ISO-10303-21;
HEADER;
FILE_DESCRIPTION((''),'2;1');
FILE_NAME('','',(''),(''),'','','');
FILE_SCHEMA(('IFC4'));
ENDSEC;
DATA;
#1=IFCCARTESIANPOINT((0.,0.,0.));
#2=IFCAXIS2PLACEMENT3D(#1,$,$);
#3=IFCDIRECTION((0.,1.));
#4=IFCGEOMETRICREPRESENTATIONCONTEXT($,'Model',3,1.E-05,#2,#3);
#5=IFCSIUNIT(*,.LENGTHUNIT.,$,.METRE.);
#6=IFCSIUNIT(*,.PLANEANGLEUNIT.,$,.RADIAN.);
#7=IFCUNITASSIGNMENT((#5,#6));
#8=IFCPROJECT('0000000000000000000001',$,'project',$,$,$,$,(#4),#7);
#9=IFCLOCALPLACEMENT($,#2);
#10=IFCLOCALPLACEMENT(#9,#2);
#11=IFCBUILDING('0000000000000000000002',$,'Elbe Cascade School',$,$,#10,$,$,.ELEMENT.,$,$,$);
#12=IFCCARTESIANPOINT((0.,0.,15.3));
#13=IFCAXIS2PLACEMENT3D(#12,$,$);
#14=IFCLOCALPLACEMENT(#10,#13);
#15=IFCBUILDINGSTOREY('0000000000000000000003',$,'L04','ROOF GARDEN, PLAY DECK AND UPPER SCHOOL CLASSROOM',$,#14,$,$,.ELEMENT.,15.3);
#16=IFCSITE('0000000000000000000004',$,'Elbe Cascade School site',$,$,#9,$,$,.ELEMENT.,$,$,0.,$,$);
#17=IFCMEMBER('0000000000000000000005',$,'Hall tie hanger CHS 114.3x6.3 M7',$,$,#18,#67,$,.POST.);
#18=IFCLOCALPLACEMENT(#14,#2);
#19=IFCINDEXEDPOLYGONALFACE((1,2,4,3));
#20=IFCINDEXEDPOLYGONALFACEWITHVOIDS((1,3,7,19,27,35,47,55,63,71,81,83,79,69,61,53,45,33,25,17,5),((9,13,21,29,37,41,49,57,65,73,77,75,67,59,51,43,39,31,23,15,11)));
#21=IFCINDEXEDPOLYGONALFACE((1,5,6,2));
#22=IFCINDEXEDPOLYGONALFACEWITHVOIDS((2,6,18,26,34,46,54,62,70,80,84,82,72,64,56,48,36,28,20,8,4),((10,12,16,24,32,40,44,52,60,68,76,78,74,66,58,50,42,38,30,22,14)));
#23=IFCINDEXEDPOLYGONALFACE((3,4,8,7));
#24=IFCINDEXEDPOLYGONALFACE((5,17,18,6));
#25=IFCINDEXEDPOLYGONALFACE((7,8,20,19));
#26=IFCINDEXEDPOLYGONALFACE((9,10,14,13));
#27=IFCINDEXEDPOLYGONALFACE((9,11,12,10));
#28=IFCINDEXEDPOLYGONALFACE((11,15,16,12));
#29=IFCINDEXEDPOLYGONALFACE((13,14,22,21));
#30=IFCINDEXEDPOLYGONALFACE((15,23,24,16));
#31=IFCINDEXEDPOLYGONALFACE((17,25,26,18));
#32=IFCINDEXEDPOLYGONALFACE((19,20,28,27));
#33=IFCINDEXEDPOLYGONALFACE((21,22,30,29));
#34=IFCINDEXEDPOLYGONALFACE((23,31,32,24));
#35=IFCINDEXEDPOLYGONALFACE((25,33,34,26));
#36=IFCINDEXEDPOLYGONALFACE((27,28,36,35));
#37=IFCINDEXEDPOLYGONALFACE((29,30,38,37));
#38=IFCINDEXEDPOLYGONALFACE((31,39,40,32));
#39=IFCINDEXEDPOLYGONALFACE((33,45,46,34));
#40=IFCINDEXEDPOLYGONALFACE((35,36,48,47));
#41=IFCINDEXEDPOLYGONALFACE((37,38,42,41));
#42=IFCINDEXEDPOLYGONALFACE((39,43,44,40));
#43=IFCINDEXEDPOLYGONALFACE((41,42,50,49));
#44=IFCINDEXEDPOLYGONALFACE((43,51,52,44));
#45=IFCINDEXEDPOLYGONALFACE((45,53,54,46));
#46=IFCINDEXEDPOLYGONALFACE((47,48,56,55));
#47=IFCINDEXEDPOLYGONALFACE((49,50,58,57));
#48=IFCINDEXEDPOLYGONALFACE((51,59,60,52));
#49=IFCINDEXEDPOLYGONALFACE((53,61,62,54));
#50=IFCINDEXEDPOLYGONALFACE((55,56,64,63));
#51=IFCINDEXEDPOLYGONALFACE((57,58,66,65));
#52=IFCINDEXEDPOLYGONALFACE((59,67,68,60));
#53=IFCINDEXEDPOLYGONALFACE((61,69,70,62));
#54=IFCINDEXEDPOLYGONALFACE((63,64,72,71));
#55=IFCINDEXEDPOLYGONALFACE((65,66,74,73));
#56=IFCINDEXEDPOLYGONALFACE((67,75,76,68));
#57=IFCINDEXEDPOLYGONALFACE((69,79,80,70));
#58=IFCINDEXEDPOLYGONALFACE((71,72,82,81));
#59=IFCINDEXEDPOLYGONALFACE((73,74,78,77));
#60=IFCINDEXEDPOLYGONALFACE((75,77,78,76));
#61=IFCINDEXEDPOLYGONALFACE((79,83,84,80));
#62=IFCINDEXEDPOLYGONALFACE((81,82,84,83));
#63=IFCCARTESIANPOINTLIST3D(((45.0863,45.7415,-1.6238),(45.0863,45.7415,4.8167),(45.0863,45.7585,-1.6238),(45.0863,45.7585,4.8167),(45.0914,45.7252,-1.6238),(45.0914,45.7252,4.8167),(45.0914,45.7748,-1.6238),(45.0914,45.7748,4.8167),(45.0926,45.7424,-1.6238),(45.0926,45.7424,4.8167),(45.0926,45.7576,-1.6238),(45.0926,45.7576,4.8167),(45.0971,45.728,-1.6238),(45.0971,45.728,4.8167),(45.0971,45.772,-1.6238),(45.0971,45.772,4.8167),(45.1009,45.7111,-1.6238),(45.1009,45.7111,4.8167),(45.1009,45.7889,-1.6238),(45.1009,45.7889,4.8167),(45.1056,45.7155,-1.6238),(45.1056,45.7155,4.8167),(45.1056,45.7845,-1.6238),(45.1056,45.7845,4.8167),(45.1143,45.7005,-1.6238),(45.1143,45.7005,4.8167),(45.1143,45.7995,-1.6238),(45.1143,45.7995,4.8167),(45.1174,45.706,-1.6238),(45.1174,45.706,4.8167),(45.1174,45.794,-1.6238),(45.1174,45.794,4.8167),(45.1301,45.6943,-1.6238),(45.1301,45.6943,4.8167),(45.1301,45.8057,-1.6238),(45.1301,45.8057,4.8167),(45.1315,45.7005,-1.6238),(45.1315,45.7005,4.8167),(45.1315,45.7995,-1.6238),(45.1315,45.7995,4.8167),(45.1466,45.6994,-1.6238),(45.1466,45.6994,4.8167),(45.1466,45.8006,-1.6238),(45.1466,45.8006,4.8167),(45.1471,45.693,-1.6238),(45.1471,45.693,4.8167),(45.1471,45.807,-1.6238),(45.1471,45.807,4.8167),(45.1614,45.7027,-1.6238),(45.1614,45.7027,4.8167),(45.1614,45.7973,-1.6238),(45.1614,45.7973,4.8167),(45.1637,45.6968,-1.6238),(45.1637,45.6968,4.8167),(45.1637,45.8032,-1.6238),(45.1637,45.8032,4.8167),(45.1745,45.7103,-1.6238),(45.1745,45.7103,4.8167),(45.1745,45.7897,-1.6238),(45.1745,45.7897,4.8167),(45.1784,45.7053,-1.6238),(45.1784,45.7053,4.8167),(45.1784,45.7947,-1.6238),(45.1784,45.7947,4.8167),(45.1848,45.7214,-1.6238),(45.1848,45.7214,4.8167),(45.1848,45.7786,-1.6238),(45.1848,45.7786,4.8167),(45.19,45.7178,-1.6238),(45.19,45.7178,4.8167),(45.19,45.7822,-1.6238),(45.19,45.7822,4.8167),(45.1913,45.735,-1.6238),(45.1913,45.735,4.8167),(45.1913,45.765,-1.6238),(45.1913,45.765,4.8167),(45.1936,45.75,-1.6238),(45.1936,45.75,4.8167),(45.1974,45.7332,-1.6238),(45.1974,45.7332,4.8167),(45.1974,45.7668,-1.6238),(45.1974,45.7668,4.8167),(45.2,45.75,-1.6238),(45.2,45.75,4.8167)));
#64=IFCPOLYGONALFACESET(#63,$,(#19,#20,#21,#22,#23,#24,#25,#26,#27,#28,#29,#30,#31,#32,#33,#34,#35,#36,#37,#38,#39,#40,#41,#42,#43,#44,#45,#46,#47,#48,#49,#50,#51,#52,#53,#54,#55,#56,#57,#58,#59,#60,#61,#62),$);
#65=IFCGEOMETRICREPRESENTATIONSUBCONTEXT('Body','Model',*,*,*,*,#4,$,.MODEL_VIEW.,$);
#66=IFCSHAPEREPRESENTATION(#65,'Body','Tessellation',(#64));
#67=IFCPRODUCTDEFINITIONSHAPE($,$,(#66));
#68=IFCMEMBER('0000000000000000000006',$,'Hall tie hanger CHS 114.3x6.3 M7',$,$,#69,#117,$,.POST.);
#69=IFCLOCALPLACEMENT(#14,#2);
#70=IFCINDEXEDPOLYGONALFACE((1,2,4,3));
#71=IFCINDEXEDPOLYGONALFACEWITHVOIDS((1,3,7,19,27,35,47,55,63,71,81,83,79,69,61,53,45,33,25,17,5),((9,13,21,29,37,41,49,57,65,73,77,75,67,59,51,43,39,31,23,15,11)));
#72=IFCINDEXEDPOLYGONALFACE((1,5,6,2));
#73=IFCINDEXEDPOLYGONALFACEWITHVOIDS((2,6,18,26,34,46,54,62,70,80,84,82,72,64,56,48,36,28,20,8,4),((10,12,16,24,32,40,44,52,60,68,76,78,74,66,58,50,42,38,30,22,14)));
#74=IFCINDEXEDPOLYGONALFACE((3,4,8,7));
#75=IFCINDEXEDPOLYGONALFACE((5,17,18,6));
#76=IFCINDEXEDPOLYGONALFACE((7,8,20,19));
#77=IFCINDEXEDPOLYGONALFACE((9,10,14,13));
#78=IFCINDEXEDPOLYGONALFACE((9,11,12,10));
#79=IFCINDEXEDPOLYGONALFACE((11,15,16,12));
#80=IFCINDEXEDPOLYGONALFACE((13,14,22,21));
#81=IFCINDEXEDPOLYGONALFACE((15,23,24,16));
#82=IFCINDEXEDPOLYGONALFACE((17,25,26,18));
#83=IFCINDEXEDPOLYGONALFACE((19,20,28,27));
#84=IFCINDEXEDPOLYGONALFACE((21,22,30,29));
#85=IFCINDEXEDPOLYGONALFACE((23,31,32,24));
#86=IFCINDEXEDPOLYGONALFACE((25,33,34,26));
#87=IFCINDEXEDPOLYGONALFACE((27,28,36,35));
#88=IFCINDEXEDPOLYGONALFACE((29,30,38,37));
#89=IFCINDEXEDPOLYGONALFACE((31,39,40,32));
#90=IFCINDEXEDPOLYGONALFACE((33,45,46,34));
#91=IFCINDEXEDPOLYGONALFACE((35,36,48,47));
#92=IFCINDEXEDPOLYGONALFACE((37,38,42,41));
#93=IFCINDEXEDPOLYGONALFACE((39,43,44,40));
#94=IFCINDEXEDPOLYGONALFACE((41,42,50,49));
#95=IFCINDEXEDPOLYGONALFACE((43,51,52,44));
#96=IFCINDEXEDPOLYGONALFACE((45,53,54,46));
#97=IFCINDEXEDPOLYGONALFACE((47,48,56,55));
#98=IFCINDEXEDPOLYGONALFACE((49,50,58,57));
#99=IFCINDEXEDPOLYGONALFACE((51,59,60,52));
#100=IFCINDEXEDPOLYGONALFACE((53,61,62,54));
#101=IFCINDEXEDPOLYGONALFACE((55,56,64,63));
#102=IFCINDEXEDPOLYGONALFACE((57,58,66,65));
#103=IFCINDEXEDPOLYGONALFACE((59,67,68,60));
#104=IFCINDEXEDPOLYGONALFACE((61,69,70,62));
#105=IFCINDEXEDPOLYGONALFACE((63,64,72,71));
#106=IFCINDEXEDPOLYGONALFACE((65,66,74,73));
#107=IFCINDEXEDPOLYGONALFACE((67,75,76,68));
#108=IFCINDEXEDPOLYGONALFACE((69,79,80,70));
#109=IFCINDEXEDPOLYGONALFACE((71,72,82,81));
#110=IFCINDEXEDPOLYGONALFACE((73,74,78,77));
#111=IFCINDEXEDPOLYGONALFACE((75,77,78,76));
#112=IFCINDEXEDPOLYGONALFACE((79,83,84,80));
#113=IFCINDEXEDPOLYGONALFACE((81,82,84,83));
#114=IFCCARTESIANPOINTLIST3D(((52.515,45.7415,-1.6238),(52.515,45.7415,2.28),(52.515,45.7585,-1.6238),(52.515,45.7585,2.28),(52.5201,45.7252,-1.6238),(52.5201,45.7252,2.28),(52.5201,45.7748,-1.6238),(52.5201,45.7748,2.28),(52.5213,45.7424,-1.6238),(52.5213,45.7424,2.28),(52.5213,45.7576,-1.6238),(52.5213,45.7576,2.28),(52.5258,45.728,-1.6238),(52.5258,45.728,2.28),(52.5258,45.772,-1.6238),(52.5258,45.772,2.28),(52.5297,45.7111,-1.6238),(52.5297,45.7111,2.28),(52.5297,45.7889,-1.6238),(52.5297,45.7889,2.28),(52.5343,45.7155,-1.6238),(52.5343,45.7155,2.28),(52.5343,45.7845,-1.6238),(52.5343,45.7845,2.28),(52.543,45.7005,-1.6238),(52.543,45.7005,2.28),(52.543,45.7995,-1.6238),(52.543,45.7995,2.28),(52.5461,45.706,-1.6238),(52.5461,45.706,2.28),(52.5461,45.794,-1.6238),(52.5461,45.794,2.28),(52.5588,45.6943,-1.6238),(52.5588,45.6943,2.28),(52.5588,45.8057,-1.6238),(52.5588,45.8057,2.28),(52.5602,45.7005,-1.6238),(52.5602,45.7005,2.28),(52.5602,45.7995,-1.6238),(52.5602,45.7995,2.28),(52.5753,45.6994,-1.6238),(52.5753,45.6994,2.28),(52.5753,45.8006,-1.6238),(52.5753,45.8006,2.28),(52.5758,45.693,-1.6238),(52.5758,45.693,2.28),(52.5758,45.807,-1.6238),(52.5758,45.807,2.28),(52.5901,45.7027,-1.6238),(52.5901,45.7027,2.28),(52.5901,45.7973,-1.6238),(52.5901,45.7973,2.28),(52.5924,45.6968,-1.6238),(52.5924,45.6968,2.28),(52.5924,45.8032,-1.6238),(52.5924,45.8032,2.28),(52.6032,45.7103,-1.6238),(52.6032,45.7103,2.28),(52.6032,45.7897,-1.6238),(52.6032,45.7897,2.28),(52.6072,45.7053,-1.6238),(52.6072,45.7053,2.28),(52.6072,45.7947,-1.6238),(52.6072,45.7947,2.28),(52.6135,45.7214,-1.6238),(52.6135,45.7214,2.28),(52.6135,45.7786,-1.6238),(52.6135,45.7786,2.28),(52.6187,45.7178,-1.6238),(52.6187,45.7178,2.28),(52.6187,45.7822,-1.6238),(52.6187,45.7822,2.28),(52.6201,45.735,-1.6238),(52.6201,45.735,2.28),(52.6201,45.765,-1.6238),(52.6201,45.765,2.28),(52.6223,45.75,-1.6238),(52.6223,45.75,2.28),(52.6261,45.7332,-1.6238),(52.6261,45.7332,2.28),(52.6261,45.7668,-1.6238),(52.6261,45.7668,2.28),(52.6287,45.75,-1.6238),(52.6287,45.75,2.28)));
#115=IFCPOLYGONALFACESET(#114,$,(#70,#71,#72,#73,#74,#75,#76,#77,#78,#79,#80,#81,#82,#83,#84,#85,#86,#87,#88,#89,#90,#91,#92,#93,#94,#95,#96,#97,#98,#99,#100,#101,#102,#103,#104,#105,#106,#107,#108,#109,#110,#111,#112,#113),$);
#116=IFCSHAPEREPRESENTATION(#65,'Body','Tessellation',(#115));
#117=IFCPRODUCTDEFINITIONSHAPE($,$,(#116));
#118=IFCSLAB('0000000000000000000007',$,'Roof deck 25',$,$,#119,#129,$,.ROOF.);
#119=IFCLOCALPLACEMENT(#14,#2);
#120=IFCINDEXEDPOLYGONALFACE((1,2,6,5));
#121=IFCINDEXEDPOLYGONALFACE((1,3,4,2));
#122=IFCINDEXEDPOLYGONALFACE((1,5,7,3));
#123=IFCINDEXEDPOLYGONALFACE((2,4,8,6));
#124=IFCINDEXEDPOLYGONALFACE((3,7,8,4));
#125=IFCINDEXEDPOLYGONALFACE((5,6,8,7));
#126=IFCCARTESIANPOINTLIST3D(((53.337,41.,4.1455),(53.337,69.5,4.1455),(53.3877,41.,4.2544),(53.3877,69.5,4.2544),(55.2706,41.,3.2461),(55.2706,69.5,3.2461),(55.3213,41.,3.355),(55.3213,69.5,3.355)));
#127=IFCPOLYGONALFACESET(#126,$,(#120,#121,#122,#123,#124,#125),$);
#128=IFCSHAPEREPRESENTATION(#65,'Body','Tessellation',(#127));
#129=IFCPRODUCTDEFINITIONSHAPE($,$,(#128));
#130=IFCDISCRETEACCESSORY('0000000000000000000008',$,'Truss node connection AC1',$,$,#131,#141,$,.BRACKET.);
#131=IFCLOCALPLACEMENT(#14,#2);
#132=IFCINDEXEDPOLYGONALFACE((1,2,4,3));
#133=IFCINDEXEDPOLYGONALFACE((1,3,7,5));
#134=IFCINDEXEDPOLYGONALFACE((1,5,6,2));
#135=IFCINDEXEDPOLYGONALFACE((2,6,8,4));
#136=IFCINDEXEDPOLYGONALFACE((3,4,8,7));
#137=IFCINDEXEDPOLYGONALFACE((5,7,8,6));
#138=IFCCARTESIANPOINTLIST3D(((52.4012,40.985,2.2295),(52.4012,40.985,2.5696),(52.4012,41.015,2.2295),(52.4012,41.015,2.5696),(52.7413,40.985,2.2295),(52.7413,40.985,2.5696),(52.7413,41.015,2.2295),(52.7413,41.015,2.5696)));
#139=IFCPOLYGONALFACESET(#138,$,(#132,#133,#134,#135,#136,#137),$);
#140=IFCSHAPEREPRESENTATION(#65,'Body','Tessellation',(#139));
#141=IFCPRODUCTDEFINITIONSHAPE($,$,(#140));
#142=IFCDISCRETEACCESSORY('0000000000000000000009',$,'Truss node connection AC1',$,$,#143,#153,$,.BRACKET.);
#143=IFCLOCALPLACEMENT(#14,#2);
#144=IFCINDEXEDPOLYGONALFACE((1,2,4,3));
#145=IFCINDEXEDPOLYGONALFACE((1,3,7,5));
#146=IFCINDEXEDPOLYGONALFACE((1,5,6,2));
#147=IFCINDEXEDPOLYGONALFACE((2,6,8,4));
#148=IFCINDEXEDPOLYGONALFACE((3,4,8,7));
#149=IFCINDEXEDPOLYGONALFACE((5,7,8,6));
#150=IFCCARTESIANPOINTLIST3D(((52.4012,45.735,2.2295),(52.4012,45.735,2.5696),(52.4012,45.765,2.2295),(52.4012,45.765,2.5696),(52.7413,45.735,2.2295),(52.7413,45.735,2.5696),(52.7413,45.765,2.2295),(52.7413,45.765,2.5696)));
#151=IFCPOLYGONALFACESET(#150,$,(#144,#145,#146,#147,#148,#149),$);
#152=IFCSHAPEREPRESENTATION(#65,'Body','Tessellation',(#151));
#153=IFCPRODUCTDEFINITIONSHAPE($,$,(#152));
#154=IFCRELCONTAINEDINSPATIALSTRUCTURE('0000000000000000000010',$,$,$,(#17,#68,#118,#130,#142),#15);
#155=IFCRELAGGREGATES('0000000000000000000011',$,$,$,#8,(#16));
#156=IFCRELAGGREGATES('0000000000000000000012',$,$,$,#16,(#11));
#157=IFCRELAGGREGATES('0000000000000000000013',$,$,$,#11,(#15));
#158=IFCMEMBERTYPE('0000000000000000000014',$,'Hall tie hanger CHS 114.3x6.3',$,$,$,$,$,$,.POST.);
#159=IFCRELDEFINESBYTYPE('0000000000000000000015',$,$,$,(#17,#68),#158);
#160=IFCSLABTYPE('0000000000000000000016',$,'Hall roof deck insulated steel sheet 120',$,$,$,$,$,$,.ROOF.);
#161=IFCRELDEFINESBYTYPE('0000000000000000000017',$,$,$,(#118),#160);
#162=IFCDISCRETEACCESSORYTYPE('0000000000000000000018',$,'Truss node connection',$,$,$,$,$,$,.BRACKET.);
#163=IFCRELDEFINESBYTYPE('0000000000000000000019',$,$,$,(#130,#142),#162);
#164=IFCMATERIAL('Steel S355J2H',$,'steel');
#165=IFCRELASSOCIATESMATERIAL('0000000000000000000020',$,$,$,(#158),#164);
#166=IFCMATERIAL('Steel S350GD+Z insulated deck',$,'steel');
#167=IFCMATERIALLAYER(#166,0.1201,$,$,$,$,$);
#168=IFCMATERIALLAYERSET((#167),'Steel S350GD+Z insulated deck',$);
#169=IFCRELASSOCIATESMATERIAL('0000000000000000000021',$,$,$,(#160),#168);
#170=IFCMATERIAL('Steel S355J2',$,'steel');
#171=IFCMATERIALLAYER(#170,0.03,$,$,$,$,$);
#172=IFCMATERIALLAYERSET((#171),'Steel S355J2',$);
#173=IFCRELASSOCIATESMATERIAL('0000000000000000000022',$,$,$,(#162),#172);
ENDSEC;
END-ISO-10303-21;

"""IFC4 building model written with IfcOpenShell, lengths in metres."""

from ifc_helpers import new_model, si_unit, direction, frame, origin, origin_2d, place, context, subcontext, project, spatial, polyline, rectangle, hollow_circle, outline, extrude, material, layer, layer_set, material_profile, profile_set, type_object, element, save


model = new_model("IFC4")

# Units and contexts
model_context = context("Model", 3, precision=1e-05, world=origin(), true_north=direction((0.0, 1.0)))
body_context = subcontext(model_context, "Body", "Model", "MODEL_VIEW")
ifc_project = project(units=[si_unit("LENGTHUNIT", "METRE"), si_unit("PLANEANGLEUNIT", "RADIAN")], contexts=[model_context])

# Site, building, storey
site_placement = place(None, origin())
site = spatial("IfcSite", under=ifc_project, at=site_placement, Name="Elbe Cascade School site", CompositionType="ELEMENT", RefElevation=0.0)
building_placement = place(site_placement, origin())
building = spatial("IfcBuilding", under=site, at=building_placement, Name="Elbe Cascade School", CompositionType="ELEMENT")
storey_placement = place(building_placement, frame((0.0, 0.0, 15.3)))
storey = spatial("IfcBuildingStorey", under=building, at=storey_placement, Name="L04", Description="ROOF GARDEN, PLAY DECK AND UPPER SCHOOL CLASSROOM", CompositionType="ELEMENT", Elevation=15.3)

# Members
ifc_material_1 = material(Name="Steel S355J2H", Category="steel")
ifc_material_profile_1 = material_profile(ifc_material_1, hollow_circle(Radius=0.0571, WallThickness=0.0063, at=origin_2d()), Name="CHS 114.3x6.3")
ifc_profile_set_1 = profile_set([ifc_material_profile_1], Name="Steel S355J2H")
member_type_1 = type_object("IfcMemberType", Name="Hall tie hanger CHS 114.3x6.3", PredefinedType="POST", material=ifc_profile_set_1)
member_1_placement = place(storey_placement, frame((45.1428, 45.75, -1.6238), z_axis=(0.0, 0.0, 1.0), x_axis=(1.0, 0.0, 0.0)))
element("IfcMember", 1, at=member_1_placement, inside=storey, type_object=member_type_1, Name="Hall tie hanger CHS 114.3x6.3 M7", PredefinedType="POST", context=body_context, shape_type="SweptSolid", body=[
    extrude(hollow_circle(Radius=0.0571, WallThickness=0.0063, at=origin_2d()), origin(), (0.0, 0.0, 1.0), 6.4404),
])
member_2_placement = place(storey_placement, frame((52.5715, 45.75, -1.6238), z_axis=(0.0, 0.0, 1.0), x_axis=(1.0, 0.0, 0.0)))
element("IfcMember", 2, at=member_2_placement, inside=storey, type_object=member_type_1, Name="Hall tie hanger CHS 114.3x6.3 M7", PredefinedType="POST", context=body_context, shape_type="SweptSolid", body=[
    extrude(hollow_circle(Radius=0.0571, WallThickness=0.0063, at=origin_2d()), origin(), (0.0, 0.0, 1.0), 3.9038),
])

# Slab
ifc_material_2 = material(Name="Steel S350GD+Z insulated deck", Category="steel")
ifc_layer_1 = layer(ifc_material_2, 0.1201)
ifc_layer_set_1 = layer_set([ifc_layer_1], Name="Steel S350GD+Z insulated deck")
slab_type = type_object("IfcSlabType", Name="Hall roof deck insulated steel sheet 120", PredefinedType="ROOF", material=ifc_layer_set_1)
slab_placement = place(storey_placement, frame((53.3877, 41.0, 4.2544), z_axis=(0.421757, 0.0, 0.906709), x_axis=(0.906709, 0.0, -0.421757)))
element("IfcSlab", 3, at=slab_placement, inside=storey, type_object=slab_type, Name="Roof deck 25", PredefinedType="ROOF", context=body_context, shape_type="SweptSolid", body=[
    extrude(outline(polyline([(0.0, 0.0), (2.1325, 0.0), (2.1325, 28.5), (0.0, 28.5), (0.0, 0.0)])), origin(), (0.0, 0.0, -1.0), 0.1201),
])

# Discrete accessories
ifc_material_3 = material(Name="Steel S355J2", Category="steel")
ifc_layer_2 = layer(ifc_material_3, 0.03)
ifc_layer_set_2 = layer_set([ifc_layer_2], Name="Steel S355J2")
discrete_accessory_type = type_object("IfcDiscreteAccessoryType", Name="Truss node connection", PredefinedType="BRACKET", material=ifc_layer_set_2)
for number, where, z_axis, x_axis, name in (
    (4, (52.5713, 41.0, 2.2295), (0.0, 0.0, 1.0), (1.0, 0.0, 0.0), "Truss node connection AC1"),
    (5, (52.5713, 45.75, 2.2295), (0.0, 0.0, 1.0), (1.0, 0.0, 0.0), "Truss node connection AC1"),
):
    element("IfcDiscreteAccessory", number, at=place(storey_placement, frame(where, z_axis=z_axis, x_axis=x_axis)), inside=storey, type_object=discrete_accessory_type, Name=name, PredefinedType="BRACKET", context=body_context, shape_type="SweptSolid", body=[
        extrude(rectangle(XDim=0.3401, YDim=0.03, at=origin_2d()), origin(), (0.0, 0.0, 1.0), 0.3401),
    ])

save(model, "model.ifc")
